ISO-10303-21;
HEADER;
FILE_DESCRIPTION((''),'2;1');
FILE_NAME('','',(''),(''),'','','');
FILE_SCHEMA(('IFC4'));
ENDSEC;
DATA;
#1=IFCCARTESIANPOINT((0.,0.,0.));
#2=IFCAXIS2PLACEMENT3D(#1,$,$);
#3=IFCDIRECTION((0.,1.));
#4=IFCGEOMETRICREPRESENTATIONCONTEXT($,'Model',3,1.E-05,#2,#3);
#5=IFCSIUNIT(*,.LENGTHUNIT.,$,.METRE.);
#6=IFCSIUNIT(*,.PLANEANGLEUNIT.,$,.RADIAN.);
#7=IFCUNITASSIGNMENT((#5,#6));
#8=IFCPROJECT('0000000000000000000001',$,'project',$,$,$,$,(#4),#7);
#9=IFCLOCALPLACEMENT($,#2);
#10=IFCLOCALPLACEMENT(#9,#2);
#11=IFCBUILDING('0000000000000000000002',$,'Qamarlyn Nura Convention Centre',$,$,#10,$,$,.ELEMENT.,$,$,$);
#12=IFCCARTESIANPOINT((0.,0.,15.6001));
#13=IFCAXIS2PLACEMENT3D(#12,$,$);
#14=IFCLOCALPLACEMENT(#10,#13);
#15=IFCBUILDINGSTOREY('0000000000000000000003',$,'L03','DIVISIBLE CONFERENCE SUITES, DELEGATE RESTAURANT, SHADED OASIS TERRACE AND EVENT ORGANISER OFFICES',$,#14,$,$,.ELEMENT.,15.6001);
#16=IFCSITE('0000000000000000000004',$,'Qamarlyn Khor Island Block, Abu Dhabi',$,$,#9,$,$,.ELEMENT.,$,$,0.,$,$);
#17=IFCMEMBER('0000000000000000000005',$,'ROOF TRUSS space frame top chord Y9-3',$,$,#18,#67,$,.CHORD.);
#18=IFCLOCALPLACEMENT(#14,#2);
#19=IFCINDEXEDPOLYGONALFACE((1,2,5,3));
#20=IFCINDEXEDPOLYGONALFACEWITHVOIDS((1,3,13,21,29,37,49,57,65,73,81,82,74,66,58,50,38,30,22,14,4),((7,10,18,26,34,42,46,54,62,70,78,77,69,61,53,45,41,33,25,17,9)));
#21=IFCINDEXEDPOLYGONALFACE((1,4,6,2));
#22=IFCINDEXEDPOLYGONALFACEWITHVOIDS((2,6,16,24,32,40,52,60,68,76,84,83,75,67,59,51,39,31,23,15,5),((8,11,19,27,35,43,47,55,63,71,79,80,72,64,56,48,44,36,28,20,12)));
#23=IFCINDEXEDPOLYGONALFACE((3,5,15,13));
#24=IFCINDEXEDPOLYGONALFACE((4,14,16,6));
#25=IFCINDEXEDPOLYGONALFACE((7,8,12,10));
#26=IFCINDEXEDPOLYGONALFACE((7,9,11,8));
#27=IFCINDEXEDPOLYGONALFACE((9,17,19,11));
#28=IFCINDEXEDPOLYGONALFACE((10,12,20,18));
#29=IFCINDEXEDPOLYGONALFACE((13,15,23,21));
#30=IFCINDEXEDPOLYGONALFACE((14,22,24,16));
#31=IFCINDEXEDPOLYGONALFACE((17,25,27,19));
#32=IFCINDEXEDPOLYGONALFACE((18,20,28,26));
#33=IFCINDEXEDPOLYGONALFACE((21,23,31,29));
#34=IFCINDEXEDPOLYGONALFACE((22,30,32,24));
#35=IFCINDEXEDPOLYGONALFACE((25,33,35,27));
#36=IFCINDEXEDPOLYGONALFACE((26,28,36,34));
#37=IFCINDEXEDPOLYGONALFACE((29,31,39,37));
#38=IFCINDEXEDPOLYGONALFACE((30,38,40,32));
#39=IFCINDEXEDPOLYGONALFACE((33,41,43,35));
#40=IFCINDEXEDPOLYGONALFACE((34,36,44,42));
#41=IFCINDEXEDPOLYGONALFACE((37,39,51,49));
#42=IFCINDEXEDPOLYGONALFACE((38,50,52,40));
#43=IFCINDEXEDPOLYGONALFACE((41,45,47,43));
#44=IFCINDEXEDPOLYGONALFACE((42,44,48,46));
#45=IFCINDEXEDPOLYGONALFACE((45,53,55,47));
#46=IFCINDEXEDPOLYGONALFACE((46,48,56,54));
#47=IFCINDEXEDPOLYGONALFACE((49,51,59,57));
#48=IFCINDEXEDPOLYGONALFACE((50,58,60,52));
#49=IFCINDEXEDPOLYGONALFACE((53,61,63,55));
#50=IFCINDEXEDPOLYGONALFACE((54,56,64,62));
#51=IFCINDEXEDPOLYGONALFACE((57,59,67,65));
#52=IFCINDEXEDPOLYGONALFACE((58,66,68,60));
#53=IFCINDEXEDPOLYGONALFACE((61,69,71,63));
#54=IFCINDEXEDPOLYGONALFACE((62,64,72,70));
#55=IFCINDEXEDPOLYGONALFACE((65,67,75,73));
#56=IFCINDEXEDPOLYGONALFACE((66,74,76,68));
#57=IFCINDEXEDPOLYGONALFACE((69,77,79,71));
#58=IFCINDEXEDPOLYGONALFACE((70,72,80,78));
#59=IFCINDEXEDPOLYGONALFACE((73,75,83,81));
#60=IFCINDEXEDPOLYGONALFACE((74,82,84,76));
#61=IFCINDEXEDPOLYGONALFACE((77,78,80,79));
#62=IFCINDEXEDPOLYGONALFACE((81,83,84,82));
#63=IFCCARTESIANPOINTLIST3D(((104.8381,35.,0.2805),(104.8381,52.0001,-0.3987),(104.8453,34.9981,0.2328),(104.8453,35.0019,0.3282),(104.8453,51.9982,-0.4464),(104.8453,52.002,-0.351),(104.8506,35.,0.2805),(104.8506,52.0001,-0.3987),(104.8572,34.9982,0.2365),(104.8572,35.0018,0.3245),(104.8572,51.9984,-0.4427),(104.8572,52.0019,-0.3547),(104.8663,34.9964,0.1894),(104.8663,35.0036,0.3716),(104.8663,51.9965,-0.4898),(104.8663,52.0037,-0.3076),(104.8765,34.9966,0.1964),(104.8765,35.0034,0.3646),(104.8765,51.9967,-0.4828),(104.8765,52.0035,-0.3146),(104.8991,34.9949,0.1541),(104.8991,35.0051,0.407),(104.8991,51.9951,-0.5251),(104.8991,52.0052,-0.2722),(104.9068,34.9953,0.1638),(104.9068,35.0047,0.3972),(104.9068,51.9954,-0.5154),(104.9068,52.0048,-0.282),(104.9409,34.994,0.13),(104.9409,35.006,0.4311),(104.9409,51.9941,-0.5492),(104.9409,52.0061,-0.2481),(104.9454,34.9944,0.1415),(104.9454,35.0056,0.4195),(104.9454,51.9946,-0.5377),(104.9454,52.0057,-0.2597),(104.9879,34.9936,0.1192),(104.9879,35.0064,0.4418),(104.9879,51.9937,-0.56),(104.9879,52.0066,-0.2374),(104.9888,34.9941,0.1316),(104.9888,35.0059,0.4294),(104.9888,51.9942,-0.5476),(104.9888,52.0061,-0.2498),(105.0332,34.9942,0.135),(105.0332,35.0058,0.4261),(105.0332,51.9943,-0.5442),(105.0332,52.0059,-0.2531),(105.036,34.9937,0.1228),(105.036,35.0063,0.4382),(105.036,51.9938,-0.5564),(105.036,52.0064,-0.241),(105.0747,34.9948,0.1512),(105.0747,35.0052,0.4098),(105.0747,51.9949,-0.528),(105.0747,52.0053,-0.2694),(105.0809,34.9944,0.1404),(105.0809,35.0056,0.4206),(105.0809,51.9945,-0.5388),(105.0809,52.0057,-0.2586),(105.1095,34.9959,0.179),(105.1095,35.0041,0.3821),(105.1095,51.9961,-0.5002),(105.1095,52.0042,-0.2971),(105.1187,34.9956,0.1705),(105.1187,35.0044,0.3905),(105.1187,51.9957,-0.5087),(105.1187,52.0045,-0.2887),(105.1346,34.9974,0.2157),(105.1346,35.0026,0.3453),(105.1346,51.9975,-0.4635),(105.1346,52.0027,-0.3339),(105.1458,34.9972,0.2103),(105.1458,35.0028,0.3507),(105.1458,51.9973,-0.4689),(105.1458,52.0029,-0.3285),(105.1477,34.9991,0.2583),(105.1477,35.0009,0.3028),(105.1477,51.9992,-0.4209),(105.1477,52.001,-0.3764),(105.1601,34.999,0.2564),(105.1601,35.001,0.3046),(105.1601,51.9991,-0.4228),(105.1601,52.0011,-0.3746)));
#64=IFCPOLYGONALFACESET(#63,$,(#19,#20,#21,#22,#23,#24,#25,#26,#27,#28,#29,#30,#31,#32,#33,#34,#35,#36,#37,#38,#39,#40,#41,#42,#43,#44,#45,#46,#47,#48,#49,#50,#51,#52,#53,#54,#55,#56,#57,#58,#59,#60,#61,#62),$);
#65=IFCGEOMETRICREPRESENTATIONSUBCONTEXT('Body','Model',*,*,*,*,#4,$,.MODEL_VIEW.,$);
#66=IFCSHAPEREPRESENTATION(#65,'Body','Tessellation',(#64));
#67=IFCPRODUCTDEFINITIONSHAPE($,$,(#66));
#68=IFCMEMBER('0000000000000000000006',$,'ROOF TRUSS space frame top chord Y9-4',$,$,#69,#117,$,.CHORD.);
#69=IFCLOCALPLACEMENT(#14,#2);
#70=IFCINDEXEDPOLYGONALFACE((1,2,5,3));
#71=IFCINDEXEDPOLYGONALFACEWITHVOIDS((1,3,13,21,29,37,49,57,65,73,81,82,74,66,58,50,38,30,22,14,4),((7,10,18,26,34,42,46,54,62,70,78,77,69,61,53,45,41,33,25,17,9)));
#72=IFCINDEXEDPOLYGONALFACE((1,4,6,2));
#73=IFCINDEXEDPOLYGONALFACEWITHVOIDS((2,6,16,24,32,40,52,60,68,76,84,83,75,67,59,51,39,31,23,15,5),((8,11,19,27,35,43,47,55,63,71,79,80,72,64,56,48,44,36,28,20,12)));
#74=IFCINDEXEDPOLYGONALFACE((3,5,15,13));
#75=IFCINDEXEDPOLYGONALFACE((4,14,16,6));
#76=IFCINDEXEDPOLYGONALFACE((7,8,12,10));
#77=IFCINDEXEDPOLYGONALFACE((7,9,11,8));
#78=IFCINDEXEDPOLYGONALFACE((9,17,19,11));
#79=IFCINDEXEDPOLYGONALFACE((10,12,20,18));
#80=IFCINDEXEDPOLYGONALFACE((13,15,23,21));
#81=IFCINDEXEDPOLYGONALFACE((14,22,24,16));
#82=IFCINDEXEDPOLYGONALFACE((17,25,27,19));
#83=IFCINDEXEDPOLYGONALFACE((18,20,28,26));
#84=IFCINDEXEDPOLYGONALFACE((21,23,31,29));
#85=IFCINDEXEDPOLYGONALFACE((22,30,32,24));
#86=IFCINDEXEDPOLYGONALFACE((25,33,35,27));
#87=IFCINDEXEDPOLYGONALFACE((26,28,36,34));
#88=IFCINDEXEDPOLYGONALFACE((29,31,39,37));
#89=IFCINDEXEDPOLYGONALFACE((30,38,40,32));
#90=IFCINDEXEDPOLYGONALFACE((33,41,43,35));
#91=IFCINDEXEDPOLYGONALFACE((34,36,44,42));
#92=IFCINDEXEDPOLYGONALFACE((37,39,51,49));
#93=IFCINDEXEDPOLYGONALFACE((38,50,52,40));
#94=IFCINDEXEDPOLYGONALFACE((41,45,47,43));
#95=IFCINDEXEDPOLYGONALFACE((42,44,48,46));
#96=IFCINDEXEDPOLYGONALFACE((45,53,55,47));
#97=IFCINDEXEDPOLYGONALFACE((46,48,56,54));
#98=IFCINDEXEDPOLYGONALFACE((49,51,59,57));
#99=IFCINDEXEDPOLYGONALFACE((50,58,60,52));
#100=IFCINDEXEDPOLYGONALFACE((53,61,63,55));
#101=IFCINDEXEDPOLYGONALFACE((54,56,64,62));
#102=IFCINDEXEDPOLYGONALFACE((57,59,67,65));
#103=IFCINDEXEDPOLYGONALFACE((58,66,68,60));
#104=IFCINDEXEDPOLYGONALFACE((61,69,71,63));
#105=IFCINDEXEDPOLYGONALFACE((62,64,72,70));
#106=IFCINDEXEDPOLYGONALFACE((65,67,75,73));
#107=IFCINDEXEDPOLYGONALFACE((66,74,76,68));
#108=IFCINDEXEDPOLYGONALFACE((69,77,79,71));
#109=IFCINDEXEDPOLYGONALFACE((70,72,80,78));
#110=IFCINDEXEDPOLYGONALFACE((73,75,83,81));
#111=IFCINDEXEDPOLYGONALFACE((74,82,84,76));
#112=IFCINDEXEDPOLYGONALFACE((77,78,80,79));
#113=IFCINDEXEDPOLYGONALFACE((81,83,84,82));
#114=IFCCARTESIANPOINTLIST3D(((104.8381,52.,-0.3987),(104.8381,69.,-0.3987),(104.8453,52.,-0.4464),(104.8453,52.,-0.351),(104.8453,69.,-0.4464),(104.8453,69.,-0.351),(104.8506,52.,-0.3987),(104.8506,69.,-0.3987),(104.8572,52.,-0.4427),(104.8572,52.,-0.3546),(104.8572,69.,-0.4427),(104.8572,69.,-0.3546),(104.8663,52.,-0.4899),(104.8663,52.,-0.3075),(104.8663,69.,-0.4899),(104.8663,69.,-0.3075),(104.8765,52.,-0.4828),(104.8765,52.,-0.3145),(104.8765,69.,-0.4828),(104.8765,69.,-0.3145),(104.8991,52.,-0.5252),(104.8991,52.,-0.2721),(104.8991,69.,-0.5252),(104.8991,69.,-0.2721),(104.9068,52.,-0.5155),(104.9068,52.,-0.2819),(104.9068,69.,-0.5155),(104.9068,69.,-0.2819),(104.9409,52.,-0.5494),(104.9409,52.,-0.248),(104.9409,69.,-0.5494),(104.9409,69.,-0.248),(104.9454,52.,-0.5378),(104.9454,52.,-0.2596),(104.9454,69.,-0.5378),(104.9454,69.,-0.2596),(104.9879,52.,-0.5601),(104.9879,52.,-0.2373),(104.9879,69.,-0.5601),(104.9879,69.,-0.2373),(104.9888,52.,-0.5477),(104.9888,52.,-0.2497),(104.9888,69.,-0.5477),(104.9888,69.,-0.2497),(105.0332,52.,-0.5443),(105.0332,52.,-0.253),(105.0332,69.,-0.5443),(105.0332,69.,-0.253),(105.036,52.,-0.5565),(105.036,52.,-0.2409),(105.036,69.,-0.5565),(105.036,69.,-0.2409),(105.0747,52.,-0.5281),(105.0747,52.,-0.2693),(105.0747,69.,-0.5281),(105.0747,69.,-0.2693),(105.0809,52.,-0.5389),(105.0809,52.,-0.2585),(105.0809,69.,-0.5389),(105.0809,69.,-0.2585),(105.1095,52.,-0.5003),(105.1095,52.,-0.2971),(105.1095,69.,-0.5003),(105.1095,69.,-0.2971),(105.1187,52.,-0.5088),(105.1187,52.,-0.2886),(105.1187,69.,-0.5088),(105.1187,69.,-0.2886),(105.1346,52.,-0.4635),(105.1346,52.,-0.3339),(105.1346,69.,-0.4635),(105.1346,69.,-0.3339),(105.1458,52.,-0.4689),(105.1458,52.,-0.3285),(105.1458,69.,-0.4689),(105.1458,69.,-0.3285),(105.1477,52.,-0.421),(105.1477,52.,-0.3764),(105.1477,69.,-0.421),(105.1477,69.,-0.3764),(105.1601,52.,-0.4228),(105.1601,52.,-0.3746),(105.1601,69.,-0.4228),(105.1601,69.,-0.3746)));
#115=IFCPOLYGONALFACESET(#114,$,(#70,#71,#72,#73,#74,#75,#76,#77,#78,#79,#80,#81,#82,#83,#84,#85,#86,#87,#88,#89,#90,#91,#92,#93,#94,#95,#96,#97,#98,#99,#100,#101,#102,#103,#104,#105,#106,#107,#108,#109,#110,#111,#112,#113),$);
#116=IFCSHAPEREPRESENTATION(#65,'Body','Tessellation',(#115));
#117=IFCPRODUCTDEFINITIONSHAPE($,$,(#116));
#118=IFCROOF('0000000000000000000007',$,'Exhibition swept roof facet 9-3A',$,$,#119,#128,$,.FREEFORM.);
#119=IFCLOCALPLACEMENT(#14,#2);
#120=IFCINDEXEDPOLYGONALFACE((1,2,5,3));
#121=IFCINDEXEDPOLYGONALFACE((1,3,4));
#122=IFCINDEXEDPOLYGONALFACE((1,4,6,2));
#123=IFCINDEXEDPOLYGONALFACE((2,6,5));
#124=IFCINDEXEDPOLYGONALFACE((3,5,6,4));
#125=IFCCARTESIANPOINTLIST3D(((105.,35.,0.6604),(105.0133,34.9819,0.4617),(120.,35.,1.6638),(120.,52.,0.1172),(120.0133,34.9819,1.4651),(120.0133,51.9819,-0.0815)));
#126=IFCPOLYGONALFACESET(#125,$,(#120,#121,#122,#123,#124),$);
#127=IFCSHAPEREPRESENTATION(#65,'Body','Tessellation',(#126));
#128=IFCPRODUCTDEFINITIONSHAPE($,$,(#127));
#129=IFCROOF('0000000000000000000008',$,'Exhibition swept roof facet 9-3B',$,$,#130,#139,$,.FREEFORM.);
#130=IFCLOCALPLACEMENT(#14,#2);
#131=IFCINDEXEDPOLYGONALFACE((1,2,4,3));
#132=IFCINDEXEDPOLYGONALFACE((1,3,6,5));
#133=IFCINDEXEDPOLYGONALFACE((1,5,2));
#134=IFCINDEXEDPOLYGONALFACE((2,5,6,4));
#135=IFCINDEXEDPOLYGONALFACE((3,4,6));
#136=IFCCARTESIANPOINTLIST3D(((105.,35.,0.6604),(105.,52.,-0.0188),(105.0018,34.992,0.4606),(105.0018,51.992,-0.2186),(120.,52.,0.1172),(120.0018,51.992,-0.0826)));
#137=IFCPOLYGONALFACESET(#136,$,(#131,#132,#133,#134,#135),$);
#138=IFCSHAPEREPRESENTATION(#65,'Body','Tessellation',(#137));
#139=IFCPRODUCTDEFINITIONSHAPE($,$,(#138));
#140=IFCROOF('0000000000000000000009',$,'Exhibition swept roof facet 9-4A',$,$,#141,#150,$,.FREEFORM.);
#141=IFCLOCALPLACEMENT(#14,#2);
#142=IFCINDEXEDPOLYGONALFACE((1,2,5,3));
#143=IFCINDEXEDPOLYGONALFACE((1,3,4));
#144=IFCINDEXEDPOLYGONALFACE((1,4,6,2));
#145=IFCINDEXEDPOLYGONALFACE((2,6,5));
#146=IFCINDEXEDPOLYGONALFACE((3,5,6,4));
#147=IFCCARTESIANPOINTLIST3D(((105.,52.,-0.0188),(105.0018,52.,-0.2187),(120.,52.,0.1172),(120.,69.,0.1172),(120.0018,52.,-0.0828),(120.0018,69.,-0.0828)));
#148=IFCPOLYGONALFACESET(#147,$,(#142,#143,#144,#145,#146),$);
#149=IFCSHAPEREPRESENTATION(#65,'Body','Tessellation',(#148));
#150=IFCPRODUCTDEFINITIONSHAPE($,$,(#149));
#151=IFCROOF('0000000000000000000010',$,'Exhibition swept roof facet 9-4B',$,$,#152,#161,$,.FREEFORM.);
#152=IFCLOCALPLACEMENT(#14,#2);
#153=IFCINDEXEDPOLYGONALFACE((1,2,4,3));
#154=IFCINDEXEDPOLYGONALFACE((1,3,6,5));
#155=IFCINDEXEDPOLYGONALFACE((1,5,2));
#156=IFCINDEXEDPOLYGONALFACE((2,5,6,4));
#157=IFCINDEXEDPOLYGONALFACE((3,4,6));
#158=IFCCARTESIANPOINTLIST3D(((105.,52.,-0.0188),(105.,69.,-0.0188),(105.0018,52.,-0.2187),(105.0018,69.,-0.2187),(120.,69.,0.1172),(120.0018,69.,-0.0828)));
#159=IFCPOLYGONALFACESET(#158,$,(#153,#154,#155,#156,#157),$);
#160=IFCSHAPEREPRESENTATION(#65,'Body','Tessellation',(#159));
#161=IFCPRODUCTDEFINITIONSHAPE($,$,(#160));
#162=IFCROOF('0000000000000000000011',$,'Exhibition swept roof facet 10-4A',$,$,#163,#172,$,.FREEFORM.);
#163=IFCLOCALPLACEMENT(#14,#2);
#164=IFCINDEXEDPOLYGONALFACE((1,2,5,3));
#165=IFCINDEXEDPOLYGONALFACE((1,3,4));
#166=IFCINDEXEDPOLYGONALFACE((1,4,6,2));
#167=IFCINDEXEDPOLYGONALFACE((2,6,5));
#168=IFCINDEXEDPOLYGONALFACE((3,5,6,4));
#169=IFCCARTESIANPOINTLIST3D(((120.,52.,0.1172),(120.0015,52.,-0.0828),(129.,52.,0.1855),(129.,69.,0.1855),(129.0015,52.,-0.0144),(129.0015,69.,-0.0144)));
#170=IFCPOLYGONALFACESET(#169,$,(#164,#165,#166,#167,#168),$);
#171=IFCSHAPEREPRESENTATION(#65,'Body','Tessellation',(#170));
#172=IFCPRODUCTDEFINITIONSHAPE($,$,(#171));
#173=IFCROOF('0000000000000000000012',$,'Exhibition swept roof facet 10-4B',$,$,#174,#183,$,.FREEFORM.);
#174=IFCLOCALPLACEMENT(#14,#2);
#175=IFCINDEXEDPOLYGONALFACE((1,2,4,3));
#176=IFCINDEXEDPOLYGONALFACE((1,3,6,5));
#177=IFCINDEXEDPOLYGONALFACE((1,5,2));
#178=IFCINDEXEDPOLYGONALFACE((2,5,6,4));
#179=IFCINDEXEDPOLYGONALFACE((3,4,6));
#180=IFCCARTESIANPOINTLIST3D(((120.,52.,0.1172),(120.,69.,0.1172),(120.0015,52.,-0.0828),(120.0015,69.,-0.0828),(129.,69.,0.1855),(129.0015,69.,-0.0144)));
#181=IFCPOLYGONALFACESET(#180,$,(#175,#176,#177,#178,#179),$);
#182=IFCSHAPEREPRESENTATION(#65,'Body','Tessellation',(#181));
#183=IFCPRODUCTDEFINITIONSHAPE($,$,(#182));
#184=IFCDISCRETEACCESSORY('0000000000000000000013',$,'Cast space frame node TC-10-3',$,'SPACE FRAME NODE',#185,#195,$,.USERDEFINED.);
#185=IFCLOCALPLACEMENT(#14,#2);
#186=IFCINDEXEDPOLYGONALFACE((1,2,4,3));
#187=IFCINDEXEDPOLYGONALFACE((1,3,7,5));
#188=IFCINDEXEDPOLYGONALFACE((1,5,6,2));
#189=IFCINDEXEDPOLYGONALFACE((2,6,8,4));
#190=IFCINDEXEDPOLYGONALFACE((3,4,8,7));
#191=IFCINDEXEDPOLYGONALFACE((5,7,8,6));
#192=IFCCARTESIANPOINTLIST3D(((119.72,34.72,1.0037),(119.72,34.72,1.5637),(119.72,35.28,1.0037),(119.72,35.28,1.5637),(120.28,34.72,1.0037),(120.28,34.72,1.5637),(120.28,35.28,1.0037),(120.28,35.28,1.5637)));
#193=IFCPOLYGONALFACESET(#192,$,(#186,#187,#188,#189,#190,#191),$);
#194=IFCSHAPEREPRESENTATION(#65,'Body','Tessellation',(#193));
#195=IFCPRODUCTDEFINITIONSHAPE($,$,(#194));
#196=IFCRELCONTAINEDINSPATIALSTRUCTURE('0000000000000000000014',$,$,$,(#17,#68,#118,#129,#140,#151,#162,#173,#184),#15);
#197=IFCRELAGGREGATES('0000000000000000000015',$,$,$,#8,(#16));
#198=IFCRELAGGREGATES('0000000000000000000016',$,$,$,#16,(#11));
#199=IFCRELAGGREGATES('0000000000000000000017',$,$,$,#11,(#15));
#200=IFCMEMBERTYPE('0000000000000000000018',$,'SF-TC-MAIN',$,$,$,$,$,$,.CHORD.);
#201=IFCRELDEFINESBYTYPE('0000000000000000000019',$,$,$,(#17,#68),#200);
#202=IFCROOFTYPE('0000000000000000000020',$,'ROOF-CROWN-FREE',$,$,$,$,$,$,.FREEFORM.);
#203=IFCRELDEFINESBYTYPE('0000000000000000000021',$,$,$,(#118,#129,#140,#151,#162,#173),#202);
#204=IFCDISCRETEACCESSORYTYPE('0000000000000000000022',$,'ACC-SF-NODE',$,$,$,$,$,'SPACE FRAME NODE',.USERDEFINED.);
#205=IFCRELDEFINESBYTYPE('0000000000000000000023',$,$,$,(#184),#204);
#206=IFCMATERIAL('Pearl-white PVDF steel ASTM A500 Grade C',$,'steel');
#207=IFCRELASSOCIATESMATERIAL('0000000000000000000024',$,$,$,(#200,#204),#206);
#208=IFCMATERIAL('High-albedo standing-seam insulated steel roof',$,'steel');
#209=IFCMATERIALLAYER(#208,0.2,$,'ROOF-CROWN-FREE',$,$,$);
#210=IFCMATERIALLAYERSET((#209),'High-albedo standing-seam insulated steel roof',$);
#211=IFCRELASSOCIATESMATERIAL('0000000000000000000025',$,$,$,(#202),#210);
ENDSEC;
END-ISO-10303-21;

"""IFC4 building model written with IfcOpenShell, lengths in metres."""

from ifc_helpers import new_model, si_unit, direction, frame, origin, origin_2d, place, context, subcontext, project, spatial, polyline, rectangle, hollow_circle, outline, extrude, material, layer, layer_set, material_profile, profile_set, type_object, element, save


model = new_model("IFC4")

# Units and contexts
model_context = context("Model", 3, precision=1e-05, world=origin(), true_north=direction((0.0, 1.0)))
body_context = subcontext(model_context, "Body", "Model", "MODEL_VIEW")
ifc_project = project(units=[si_unit("LENGTHUNIT", "METRE"), si_unit("PLANEANGLEUNIT", "RADIAN")], contexts=[model_context])

# Site, building, storey
site_placement = place(None, origin())
site = spatial("IfcSite", under=ifc_project, at=site_placement, Name="Qamarlyn Khor Island Block, Abu Dhabi", CompositionType="ELEMENT", RefElevation=0.0)
building_placement = place(site_placement, origin())
building = spatial("IfcBuilding", under=site, at=building_placement, Name="Qamarlyn Nura Convention Centre", CompositionType="ELEMENT")
storey_placement = place(building_placement, frame((0.0, 0.0, 15.6001)))
storey = spatial("IfcBuildingStorey", under=building, at=storey_placement, Name="L03", Description="DIVISIBLE CONFERENCE SUITES, DELEGATE RESTAURANT, SHADED OASIS TERRACE AND EVENT ORGANISER OFFICES", CompositionType="ELEMENT", Elevation=15.6001)

# Members
ifc_material_1 = material(Name="Pearl-white PVDF steel ASTM A500 Grade C", Category="steel")
ifc_material_profile_1 = material_profile(ifc_material_1, hollow_circle(Radius=0.1619, WallThickness=0.0125, at=origin_2d()), Name="CHS323.9X12.5")
ifc_profile_set_1 = profile_set([ifc_material_profile_1], Name="Pearl-white PVDF steel ASTM A500 Grade C")
member_type_1 = type_object("IfcMemberType", Name="SF-TC-MAIN", PredefinedType="CHORD", material=ifc_profile_set_1)
member_1_placement = place(storey_placement, frame((105.0, 35.0, 0.2805), z_axis=(0.0, 0.999203, -0.039921), x_axis=(-1.0, 0.0, 0.0)))
element("IfcMember", 1, at=member_1_placement, inside=storey, type_object=member_type_1, Name="ROOF TRUSS space frame top chord Y9-3", PredefinedType="CHORD", context=body_context, shape_type="SweptSolid", body=[
    extrude(hollow_circle(Radius=0.1619, WallThickness=0.0125, at=origin_2d()), origin(), (0.0, 0.0, 1.0), 17.0137),
])
member_2_placement = place(storey_placement, frame((105.0, 52.0, -0.3987), z_axis=(0.0, 1.0, 0.0), x_axis=(-1.0, 0.0, 0.0)))
element("IfcMember", 2, at=member_2_placement, inside=storey, type_object=member_type_1, Name="ROOF TRUSS space frame top chord Y9-4", PredefinedType="CHORD", context=body_context, shape_type="SweptSolid", body=[
    extrude(hollow_circle(Radius=0.1619, WallThickness=0.0125, at=origin_2d()), origin(), (0.0, 0.0, 1.0), 17.0),
])

# Roofs
ifc_material_2 = material(Name="High-albedo standing-seam insulated steel roof", Category="steel")
ifc_layer = layer(ifc_material_2, 0.2, Name="ROOF-CROWN-FREE")
ifc_layer_set = layer_set([ifc_layer], Name="High-albedo standing-seam insulated steel roof")
roof_type = type_object("IfcRoofType", Name="ROOF-CROWN-FREE", PredefinedType="FREEFORM", material=ifc_layer_set)
roof_1_placement = place(storey_placement, frame((105.0, 35.0, 0.6604), z_axis=(-0.066472, 0.090404, 0.993684), x_axis=(0.99777, 0.0, 0.066745)))
element("IfcRoof", 3, at=roof_1_placement, inside=storey, type_object=roof_type, Name="Exhibition swept roof facet 9-3A", PredefinedType="FREEFORM", context=body_context, shape_type="SweptSolid", body=[
    extrude(outline(polyline([(0.0, 0.0), (15.0335, 0.0), (14.9303, 17.0699), (0.0, 0.0)])), origin(), (0.0, 0.0, -1.0), 0.2),
])
roof_2_placement = place(storey_placement, frame((105.0, 35.0, 0.6604), z_axis=(-0.009058, 0.039919, 0.999162), x_axis=(0.661432, 0.749623, -0.023953)))
element("IfcRoof", 4, at=roof_2_placement, inside=storey, type_object=roof_type, Name="Exhibition swept roof facet 9-3B", PredefinedType="FREEFORM", context=body_context, shape_type="SweptSolid", body=[
    extrude(outline(polyline([(0.0, 0.0), (22.6781, 0.0), (12.7599, 11.2538), (0.0, 0.0)])), origin(), (0.0, 0.0, -1.0), 0.2),
])
roof_3_placement = place(storey_placement, frame((105.0, 52.0, -0.0188), z_axis=(-0.009065, 0.0, 0.999959), x_axis=(0.999959, 0.0, 0.009065)))
element("IfcRoof", 5, at=roof_3_placement, inside=storey, type_object=roof_type, Name="Exhibition swept roof facet 9-4A", PredefinedType="FREEFORM", context=body_context, shape_type="SweptSolid", body=[
    extrude(outline(polyline([(0.0, 0.0), (15.0006, 0.0), (15.0006, 17.0), (0.0, 0.0)])), origin(), (0.0, 0.0, -1.0), 0.2),
])
roof_4_placement = place(storey_placement, frame((105.0, 52.0, -0.0188), z_axis=(-0.009065, 0.0, 0.999959), x_axis=(0.66161, 0.749824, 0.005998)))
element("IfcRoof", 6, at=roof_4_placement, inside=storey, type_object=roof_type, Name="Exhibition swept roof facet 9-4B", PredefinedType="FREEFORM", context=body_context, shape_type="SweptSolid", body=[
    extrude(outline(polyline([(0.0, 0.0), (22.672, 0.0), (12.747, 11.2478), (0.0, 0.0)])), origin(), (0.0, 0.0, -1.0), 0.2),
])
roof_5_placement = place(storey_placement, frame((120.0, 52.0, 0.1172), z_axis=(-0.007595, 0.0, 0.999971), x_axis=(0.999971, 0.0, 0.007595)))
element("IfcRoof", 7, at=roof_5_placement, inside=storey, type_object=roof_type, Name="Exhibition swept roof facet 10-4A", PredefinedType="FREEFORM", context=body_context, shape_type="SweptSolid", body=[
    extrude(outline(polyline([(0.0, 0.0), (9.0003, 0.0), (9.0003, 17.0), (0.0, 0.0)])), origin(), (0.0, 0.0, -1.0), 0.2),
])
roof_6_placement = place(storey_placement, frame((120.0, 52.0, 0.1172), z_axis=(-0.007595, 0.0, 0.999971), x_axis=(0.467885, 0.883782, 0.003554)))
element("IfcRoof", 8, at=roof_6_placement, inside=storey, type_object=roof_type, Name="Exhibition swept roof facet 10-4B", PredefinedType="FREEFORM", context=body_context, shape_type="SweptSolid", body=[
    extrude(outline(polyline([(0.0, 0.0), (19.2355, 0.0), (15.0243, 7.9543), (0.0, 0.0)])), origin(), (0.0, 0.0, -1.0), 0.2),
])

# Discrete accessory
discrete_accessory_type = type_object("IfcDiscreteAccessoryType", Name="ACC-SF-NODE", ElementType="SPACE FRAME NODE", PredefinedType="USERDEFINED", material=ifc_material_1)
for number, where, z_axis, x_axis, name in (
    (9, (120.0, 35.0, 1.0037), (0.0, 0.0, 1.0), (1.0, 0.0, 0.0), "Cast space frame node TC-10-3"),
):
    element("IfcDiscreteAccessory", number, at=place(storey_placement, frame(where, z_axis=z_axis, x_axis=x_axis)), inside=storey, type_object=discrete_accessory_type, Name=name, ObjectType="SPACE FRAME NODE", PredefinedType="USERDEFINED", context=body_context, shape_type="SweptSolid", body=[
        extrude(rectangle(XDim=0.5601, YDim=0.5601, at=origin_2d()), origin(), (0.0, 0.0, 1.0), 0.5601),
    ])

save(model, "model.ifc")
